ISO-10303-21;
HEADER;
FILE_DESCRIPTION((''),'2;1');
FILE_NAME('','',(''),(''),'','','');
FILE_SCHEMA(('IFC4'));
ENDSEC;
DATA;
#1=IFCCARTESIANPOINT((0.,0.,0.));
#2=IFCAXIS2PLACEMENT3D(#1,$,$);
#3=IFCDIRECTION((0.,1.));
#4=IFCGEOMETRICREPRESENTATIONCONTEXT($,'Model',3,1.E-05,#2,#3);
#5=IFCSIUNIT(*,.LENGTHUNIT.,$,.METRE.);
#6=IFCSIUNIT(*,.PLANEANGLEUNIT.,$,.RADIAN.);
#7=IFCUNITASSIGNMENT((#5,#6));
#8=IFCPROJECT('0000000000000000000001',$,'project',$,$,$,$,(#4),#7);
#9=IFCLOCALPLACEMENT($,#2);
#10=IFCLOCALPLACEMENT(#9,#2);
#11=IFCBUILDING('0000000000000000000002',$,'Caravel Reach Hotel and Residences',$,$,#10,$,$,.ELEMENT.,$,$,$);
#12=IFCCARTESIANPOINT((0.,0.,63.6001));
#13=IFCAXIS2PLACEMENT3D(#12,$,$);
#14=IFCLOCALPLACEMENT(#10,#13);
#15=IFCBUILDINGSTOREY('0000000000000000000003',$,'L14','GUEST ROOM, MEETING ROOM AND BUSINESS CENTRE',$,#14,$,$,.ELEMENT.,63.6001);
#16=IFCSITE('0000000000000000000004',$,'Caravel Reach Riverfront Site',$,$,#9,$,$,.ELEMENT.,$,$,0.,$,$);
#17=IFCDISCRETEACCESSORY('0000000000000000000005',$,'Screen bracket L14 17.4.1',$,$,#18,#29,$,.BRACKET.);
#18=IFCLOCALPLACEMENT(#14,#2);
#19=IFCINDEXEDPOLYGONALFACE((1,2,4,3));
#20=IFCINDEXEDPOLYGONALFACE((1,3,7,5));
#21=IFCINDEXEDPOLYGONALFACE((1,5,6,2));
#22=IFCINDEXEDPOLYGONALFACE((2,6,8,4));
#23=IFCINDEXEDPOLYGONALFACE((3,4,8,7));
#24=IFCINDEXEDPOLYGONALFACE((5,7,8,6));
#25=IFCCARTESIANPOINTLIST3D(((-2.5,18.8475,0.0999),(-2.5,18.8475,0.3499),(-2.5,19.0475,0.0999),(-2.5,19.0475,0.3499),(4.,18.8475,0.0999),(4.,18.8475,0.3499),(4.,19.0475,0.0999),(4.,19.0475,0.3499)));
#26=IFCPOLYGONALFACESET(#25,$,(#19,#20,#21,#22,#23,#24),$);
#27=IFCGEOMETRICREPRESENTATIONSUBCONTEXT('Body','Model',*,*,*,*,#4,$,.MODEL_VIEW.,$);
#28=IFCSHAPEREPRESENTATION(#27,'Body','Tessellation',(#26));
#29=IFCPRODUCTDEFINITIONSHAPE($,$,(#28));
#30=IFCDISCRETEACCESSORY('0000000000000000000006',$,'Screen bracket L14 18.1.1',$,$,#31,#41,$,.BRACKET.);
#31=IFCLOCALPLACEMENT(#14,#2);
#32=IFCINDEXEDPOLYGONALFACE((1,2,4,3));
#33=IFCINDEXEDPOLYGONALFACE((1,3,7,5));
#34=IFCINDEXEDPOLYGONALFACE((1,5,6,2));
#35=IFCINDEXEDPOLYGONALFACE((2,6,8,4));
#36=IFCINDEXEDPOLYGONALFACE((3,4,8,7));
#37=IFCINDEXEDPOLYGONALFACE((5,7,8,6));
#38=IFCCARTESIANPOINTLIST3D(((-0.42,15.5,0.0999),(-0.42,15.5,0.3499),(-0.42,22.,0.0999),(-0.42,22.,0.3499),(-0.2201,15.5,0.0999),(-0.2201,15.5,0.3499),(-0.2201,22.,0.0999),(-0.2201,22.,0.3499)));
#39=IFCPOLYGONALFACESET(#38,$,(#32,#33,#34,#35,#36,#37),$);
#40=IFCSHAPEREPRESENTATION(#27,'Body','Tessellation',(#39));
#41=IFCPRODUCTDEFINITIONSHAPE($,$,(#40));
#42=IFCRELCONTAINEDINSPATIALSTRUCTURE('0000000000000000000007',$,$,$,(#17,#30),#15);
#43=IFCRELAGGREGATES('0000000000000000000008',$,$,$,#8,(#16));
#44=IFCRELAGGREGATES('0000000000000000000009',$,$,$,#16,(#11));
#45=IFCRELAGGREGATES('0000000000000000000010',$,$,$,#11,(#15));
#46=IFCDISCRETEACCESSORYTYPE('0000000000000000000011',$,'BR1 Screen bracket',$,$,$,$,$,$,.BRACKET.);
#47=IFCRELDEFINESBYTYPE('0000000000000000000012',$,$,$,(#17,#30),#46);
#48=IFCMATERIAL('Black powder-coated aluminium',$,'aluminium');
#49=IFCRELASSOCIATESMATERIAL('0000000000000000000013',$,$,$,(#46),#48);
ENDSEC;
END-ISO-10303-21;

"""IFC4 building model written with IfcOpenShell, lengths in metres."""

from ifc_helpers import new_model, si_unit, direction, frame, origin, origin_2d, place, context, subcontext, project, spatial, rectangle, extrude, material, type_object, element, save


model = new_model("IFC4")

# Units and contexts
model_context = context("Model", 3, precision=1e-05, world=origin(), true_north=direction((0.0, 1.0)))
body_context = subcontext(model_context, "Body", "Model", "MODEL_VIEW")
ifc_project = project(units=[si_unit("LENGTHUNIT", "METRE"), si_unit("PLANEANGLEUNIT", "RADIAN")], contexts=[model_context])

# Site, building, storey
site_placement = place(None, origin())
site = spatial("IfcSite", under=ifc_project, at=site_placement, Name="Caravel Reach Riverfront Site", CompositionType="ELEMENT", RefElevation=0.0)
building_placement = place(site_placement, origin())
building = spatial("IfcBuilding", under=site, at=building_placement, Name="Caravel Reach Hotel and Residences", CompositionType="ELEMENT")
storey_placement = place(building_placement, frame((0.0, 0.0, 63.6001)))
storey = spatial("IfcBuildingStorey", under=building, at=storey_placement, Name="L14", Description="GUEST ROOM, MEETING ROOM AND BUSINESS CENTRE", CompositionType="ELEMENT", Elevation=63.6001)

# Discrete accessories
ifc_material_1 = material(Name="Black powder-coated aluminium", Category="aluminium")
discrete_accessory_type = type_object("IfcDiscreteAccessoryType", Name="BR1 Screen bracket", PredefinedType="BRACKET", material=ifc_material_1)
for number, where, z_axis, x_axis, name in (
    (1, (0.75, 18.9475, 0.0999), (0.0, 0.0, 1.0), (-1.0, 0.0, 0.0), "Screen bracket L14 17.4.1"),
    (2, (-0.3201, 18.75, 0.0999), (0.0, 0.0, 1.0), (0.0, -1.0, 0.0), "Screen bracket L14 18.1.1"),
):
    element("IfcDiscreteAccessory", number, at=place(storey_placement, frame(where, z_axis=z_axis, x_axis=x_axis)), inside=storey, type_object=discrete_accessory_type, Name=name, PredefinedType="BRACKET", context=body_context, shape_type="SweptSolid", body=[
        extrude(rectangle(XDim=6.5, YDim=0.2, at=origin_2d()), origin(), (0.0, 0.0, 1.0), 0.25),
    ])

save(model, "model.ifc")
